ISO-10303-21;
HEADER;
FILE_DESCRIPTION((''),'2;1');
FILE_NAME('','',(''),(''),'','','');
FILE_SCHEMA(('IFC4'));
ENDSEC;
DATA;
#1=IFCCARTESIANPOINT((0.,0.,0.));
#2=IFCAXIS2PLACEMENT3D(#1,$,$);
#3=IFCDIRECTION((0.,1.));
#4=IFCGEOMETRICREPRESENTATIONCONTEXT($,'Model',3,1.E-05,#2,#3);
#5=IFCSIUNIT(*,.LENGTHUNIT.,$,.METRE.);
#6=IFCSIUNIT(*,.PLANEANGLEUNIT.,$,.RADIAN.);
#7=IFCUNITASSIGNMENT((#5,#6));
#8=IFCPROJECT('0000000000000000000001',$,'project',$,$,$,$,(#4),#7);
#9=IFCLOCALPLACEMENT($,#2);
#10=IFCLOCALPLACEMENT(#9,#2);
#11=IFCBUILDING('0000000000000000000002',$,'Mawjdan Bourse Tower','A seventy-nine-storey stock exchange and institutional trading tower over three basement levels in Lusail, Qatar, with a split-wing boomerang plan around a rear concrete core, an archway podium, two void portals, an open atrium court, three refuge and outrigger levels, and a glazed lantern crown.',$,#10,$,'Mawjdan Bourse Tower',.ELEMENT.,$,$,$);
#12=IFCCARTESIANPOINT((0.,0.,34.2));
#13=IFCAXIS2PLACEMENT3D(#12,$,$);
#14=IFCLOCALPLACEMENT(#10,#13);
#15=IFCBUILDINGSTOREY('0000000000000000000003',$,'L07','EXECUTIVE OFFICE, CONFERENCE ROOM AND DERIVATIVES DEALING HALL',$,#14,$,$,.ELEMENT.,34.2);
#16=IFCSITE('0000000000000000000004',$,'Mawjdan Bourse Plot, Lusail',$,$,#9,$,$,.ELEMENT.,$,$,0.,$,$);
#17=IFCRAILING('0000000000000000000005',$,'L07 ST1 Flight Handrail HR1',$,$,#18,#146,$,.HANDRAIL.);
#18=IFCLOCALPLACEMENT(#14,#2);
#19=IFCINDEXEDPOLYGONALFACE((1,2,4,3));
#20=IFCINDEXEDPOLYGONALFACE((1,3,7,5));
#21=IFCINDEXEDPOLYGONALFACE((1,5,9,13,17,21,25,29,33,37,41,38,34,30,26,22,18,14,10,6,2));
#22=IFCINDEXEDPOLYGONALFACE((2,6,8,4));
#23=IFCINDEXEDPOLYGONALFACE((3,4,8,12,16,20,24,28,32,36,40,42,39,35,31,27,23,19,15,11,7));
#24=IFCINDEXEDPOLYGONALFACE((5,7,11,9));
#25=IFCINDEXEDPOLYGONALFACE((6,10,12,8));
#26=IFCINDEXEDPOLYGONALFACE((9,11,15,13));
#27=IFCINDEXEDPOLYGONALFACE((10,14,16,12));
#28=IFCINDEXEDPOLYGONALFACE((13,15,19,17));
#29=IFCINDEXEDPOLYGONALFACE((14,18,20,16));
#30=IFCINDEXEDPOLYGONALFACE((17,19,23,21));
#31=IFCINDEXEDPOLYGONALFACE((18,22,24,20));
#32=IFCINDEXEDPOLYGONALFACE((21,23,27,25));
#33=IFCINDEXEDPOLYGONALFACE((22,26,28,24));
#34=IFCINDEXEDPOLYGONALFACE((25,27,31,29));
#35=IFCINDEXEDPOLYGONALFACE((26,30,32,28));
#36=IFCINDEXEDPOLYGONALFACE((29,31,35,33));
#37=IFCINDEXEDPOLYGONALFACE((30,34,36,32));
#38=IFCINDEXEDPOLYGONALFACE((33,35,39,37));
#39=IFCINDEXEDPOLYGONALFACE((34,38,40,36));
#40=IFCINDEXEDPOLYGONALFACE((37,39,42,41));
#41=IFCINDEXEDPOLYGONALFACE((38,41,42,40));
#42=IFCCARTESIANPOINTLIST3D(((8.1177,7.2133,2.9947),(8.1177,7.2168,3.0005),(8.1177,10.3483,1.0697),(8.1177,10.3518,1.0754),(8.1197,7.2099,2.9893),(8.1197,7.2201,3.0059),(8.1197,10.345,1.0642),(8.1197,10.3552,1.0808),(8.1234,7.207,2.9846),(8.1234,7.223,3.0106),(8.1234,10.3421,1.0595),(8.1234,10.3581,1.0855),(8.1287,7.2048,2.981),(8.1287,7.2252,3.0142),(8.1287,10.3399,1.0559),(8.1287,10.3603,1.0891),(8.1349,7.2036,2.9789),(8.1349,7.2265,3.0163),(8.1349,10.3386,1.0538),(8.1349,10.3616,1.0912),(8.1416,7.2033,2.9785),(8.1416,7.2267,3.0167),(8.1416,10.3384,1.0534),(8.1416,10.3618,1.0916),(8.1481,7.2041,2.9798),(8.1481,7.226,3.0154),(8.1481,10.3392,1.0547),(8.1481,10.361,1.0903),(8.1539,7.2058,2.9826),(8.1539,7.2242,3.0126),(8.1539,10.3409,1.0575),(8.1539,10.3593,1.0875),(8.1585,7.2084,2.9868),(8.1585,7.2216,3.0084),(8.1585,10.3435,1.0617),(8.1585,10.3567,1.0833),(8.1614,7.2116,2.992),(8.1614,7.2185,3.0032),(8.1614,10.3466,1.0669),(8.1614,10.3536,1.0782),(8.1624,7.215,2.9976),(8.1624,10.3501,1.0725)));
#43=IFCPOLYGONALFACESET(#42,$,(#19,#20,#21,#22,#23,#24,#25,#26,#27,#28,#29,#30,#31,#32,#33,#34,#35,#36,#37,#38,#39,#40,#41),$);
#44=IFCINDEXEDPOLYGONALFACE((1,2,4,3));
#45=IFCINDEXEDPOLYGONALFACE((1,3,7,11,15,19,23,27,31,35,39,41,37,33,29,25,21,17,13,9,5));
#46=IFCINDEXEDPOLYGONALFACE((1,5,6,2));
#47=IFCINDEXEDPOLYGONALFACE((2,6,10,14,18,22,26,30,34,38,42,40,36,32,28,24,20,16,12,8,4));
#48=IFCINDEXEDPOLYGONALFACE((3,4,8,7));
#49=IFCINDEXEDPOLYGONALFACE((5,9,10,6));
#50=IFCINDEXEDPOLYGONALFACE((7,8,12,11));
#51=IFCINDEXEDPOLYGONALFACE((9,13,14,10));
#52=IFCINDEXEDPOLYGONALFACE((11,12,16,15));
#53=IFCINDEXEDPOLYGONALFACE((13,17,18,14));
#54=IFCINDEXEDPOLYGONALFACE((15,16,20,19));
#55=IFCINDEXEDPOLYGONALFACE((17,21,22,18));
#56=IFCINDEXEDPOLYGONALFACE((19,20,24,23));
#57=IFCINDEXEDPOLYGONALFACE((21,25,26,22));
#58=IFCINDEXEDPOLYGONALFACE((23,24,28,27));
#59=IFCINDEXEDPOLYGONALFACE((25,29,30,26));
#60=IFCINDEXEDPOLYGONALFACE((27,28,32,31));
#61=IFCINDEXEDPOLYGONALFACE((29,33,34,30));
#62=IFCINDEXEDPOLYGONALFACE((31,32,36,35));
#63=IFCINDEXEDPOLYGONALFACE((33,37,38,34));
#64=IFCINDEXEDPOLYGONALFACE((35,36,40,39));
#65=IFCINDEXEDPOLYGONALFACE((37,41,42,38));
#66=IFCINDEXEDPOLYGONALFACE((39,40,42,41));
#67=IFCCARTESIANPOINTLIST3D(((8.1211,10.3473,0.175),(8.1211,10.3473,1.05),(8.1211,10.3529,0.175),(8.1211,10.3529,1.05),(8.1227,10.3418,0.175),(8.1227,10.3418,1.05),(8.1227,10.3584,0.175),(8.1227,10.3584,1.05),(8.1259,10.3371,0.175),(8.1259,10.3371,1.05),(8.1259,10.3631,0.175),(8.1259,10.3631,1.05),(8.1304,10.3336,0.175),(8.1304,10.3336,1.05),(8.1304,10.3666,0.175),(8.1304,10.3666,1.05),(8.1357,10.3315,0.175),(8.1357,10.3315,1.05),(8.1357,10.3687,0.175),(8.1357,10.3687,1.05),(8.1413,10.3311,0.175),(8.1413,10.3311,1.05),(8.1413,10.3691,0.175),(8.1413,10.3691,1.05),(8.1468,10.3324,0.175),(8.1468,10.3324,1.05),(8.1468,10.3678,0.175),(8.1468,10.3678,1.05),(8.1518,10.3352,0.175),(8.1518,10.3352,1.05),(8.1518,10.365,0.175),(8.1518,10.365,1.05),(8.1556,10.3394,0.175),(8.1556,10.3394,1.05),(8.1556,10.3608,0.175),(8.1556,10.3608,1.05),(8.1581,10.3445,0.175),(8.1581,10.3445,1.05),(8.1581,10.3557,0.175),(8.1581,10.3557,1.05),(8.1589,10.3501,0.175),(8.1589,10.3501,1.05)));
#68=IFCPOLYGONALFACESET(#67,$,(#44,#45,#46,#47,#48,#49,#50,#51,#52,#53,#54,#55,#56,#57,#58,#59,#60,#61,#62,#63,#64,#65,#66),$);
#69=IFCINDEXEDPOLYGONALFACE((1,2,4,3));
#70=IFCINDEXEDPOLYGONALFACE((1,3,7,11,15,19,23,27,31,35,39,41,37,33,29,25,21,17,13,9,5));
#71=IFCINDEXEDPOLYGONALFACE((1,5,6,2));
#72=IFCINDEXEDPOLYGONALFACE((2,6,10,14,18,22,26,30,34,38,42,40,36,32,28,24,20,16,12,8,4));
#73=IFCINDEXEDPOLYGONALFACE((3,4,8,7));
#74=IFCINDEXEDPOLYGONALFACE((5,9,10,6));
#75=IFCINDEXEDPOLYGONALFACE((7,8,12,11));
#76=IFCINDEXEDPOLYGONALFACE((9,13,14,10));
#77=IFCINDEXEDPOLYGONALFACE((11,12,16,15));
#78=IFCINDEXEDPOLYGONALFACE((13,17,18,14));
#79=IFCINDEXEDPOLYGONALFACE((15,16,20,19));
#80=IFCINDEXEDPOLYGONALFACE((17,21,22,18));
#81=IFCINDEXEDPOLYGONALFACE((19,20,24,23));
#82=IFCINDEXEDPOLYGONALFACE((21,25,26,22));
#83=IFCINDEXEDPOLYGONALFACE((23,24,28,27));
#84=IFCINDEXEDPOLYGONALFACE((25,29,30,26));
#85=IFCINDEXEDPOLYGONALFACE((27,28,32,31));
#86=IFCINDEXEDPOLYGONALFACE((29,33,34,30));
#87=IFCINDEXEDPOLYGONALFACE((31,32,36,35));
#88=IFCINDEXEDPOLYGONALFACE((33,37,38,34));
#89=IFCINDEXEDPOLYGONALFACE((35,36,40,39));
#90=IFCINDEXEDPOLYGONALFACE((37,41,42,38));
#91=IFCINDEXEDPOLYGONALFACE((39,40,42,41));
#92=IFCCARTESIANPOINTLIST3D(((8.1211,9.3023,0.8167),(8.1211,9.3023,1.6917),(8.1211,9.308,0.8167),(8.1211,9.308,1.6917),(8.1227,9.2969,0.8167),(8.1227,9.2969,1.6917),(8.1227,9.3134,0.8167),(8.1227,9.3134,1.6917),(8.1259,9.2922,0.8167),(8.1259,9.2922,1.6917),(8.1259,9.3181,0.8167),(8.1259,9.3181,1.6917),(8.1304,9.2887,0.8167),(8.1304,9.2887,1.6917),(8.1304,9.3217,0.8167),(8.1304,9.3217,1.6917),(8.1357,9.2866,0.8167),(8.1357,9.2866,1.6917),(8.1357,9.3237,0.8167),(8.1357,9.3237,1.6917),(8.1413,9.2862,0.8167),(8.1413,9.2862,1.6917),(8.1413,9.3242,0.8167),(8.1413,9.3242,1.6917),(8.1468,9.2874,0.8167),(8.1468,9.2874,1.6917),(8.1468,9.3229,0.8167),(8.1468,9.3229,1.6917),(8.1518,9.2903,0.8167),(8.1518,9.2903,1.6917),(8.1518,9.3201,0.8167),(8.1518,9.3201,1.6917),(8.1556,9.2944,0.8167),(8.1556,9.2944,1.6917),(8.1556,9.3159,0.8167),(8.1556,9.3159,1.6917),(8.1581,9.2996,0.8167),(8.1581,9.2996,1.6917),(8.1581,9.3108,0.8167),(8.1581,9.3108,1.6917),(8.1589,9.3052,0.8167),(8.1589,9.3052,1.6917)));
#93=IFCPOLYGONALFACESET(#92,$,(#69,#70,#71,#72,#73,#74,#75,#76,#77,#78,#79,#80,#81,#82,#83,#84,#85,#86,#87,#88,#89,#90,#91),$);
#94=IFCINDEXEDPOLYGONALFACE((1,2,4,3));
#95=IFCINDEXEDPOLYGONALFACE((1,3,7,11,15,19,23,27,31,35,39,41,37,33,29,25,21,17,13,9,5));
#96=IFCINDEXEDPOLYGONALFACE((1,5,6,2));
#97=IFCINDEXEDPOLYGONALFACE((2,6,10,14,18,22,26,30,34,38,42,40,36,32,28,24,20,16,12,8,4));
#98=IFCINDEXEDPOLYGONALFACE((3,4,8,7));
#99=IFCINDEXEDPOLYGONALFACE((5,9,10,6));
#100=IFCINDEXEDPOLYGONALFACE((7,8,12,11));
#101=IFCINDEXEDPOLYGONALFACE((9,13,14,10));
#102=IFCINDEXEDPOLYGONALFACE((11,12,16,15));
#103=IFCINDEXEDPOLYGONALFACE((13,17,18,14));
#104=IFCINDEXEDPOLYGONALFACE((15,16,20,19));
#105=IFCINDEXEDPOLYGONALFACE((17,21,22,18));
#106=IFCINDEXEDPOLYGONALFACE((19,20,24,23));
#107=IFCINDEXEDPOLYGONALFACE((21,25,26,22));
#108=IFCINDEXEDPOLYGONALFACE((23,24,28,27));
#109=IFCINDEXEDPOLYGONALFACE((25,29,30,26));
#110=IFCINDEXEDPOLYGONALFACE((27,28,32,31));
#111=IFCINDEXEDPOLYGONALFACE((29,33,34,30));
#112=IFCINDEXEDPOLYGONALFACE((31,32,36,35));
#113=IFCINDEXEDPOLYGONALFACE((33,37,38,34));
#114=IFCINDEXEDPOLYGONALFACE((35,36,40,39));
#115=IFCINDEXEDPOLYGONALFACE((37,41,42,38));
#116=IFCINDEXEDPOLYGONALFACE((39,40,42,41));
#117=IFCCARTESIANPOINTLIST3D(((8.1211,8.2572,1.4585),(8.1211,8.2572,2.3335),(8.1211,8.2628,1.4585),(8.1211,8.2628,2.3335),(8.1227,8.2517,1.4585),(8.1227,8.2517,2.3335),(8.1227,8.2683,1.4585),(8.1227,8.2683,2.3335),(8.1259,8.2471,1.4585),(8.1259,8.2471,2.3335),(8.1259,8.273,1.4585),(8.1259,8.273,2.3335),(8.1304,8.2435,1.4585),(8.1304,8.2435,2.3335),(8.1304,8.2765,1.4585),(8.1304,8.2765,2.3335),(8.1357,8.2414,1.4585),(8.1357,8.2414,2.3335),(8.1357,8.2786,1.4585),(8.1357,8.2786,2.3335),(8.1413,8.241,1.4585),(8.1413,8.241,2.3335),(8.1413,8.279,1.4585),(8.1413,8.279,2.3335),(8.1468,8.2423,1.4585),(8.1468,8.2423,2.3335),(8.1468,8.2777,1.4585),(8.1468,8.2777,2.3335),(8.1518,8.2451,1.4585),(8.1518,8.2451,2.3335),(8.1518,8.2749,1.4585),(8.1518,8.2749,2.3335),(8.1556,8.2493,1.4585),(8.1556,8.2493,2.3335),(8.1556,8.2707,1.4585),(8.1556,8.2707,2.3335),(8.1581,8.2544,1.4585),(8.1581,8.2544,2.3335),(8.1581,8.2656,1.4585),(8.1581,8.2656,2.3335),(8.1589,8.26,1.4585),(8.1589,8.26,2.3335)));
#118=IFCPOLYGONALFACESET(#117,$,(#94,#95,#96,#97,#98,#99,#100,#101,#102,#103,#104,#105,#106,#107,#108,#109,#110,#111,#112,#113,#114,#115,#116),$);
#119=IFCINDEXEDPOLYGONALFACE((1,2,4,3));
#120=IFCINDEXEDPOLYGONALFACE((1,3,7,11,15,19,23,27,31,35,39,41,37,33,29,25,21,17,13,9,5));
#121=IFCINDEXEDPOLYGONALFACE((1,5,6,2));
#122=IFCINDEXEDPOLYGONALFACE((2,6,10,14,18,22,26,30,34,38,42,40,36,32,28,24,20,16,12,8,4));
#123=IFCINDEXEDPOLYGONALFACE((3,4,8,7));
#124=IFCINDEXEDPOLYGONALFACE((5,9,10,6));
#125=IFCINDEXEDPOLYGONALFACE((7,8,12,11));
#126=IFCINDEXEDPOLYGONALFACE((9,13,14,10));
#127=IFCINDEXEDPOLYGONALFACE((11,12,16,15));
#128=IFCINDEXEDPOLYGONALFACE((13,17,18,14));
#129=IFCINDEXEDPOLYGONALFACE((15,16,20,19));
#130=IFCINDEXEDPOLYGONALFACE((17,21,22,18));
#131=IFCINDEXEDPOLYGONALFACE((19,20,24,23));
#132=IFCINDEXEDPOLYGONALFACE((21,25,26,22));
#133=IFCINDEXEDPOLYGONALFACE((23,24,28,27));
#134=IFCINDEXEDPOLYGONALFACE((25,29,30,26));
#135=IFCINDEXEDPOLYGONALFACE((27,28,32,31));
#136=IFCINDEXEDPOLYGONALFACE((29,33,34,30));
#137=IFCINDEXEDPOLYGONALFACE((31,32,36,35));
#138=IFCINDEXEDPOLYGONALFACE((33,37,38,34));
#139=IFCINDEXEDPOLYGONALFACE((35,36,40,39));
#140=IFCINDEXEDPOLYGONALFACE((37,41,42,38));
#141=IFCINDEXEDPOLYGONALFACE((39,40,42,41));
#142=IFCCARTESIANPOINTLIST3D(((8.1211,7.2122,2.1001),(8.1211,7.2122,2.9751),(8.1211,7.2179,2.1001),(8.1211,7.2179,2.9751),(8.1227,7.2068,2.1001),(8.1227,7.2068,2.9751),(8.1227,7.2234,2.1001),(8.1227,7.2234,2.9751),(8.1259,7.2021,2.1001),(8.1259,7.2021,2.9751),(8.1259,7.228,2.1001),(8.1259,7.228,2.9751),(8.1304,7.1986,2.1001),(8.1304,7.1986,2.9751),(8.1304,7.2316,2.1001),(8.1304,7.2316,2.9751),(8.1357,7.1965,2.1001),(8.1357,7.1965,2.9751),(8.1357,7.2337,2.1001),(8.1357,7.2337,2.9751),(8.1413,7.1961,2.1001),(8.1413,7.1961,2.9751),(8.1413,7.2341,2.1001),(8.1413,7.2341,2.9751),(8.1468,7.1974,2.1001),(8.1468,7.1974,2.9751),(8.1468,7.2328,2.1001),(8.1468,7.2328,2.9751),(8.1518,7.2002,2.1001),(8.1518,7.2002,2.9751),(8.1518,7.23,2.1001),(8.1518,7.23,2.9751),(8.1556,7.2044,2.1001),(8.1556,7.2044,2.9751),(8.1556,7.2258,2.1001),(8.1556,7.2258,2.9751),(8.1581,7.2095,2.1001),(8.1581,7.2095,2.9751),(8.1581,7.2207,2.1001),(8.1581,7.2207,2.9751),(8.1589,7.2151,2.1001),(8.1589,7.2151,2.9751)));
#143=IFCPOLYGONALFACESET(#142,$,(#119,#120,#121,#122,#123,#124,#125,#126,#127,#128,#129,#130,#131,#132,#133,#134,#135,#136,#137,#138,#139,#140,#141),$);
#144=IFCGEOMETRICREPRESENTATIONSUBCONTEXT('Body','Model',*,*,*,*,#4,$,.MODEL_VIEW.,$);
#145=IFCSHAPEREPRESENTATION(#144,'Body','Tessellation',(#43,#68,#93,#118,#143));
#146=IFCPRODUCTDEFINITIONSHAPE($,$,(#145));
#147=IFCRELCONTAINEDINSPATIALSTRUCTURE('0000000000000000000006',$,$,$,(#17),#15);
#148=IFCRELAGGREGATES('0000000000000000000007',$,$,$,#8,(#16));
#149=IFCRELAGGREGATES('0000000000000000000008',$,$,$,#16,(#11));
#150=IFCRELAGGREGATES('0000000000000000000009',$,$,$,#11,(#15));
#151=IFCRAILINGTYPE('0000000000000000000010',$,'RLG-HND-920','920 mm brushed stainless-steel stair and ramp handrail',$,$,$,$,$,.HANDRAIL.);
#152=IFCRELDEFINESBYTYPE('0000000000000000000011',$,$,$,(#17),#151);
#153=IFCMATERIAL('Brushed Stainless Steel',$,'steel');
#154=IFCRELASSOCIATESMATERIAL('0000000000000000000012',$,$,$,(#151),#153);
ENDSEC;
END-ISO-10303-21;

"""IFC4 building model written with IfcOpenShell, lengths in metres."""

from ifc_helpers import new_model, si_unit, direction, frame, origin, origin_2d, place, context, subcontext, project, spatial, circle, extrude, material, type_object, element, save


model = new_model("IFC4")

# Units and contexts
model_context = context("Model", 3, precision=1e-05, world=origin(), true_north=direction((0.0, 1.0)))
body_context = subcontext(model_context, "Body", "Model", "MODEL_VIEW")
ifc_project = project(units=[si_unit("LENGTHUNIT", "METRE"), si_unit("PLANEANGLEUNIT", "RADIAN")], contexts=[model_context])

# Site, building, storey
site_placement = place(None, origin())
site = spatial("IfcSite", under=ifc_project, at=site_placement, Name="Mawjdan Bourse Plot, Lusail", CompositionType="ELEMENT", RefElevation=0.0)
building_placement = place(site_placement, origin())
building = spatial("IfcBuilding", under=site, at=building_placement, Name="Mawjdan Bourse Tower", Description="A seventy-nine-storey stock exchange and institutional trading tower over three basement levels in Lusail, Qatar, with a split-wing boomerang plan around a rear concrete core, an archway podium, two void portals, an open atrium court, three refuge and outrigger levels, and a glazed lantern crown.", LongName="Mawjdan Bourse Tower", CompositionType="ELEMENT")
storey_placement = place(building_placement, frame((0.0, 0.0, 34.2)))
storey = spatial("IfcBuildingStorey", under=building, at=storey_placement, Name="L07", Description="EXECUTIVE OFFICE, CONFERENCE ROOM AND DERIVATIVES DEALING HALL", CompositionType="ELEMENT", Elevation=34.2)

# Railing
ifc_material_1 = material(Name="Brushed Stainless Steel", Category="steel")
railing_type_1 = type_object("IfcRailingType", Name="RLG-HND-920", Description="920 mm brushed stainless-steel stair and ramp handrail", PredefinedType="HANDRAIL", material=ifc_material_1)
railing_1_placement = place(storey_placement, frame((8.1399, 10.3501, 0.175)))
element("IfcRailing", 1, at=railing_1_placement, inside=storey, type_object=railing_type_1, Name="L07 ST1 Flight Handrail HR1", PredefinedType="HANDRAIL", context=body_context, shape_type="SweptSolid", body=[
    extrude(circle(Radius=0.0225, at=origin_2d()), frame((0.0, 0.0, 0.8975), z_axis=(0.0, -0.852166, 0.523271), x_axis=(1.0, 0.0, 0.0)), (0.0, 0.0, 1.0), 3.679),
    extrude(circle(Radius=0.019, at=origin_2d()), origin(), (0.0, 0.0, 1.0), 0.875),
    extrude(circle(Radius=0.019, at=origin_2d()), frame((0.0, -1.0449, 0.6416)), (0.0, 0.0, 1.0), 0.875),
    extrude(circle(Radius=0.019, at=origin_2d()), frame((0.0, -2.0901, 1.2834)), (0.0, 0.0, 1.0), 0.875),
    extrude(circle(Radius=0.019, at=origin_2d()), frame((0.0, -3.135, 1.925)), (0.0, 0.0, 1.0), 0.875),
])

save(model, "model.ifc")
